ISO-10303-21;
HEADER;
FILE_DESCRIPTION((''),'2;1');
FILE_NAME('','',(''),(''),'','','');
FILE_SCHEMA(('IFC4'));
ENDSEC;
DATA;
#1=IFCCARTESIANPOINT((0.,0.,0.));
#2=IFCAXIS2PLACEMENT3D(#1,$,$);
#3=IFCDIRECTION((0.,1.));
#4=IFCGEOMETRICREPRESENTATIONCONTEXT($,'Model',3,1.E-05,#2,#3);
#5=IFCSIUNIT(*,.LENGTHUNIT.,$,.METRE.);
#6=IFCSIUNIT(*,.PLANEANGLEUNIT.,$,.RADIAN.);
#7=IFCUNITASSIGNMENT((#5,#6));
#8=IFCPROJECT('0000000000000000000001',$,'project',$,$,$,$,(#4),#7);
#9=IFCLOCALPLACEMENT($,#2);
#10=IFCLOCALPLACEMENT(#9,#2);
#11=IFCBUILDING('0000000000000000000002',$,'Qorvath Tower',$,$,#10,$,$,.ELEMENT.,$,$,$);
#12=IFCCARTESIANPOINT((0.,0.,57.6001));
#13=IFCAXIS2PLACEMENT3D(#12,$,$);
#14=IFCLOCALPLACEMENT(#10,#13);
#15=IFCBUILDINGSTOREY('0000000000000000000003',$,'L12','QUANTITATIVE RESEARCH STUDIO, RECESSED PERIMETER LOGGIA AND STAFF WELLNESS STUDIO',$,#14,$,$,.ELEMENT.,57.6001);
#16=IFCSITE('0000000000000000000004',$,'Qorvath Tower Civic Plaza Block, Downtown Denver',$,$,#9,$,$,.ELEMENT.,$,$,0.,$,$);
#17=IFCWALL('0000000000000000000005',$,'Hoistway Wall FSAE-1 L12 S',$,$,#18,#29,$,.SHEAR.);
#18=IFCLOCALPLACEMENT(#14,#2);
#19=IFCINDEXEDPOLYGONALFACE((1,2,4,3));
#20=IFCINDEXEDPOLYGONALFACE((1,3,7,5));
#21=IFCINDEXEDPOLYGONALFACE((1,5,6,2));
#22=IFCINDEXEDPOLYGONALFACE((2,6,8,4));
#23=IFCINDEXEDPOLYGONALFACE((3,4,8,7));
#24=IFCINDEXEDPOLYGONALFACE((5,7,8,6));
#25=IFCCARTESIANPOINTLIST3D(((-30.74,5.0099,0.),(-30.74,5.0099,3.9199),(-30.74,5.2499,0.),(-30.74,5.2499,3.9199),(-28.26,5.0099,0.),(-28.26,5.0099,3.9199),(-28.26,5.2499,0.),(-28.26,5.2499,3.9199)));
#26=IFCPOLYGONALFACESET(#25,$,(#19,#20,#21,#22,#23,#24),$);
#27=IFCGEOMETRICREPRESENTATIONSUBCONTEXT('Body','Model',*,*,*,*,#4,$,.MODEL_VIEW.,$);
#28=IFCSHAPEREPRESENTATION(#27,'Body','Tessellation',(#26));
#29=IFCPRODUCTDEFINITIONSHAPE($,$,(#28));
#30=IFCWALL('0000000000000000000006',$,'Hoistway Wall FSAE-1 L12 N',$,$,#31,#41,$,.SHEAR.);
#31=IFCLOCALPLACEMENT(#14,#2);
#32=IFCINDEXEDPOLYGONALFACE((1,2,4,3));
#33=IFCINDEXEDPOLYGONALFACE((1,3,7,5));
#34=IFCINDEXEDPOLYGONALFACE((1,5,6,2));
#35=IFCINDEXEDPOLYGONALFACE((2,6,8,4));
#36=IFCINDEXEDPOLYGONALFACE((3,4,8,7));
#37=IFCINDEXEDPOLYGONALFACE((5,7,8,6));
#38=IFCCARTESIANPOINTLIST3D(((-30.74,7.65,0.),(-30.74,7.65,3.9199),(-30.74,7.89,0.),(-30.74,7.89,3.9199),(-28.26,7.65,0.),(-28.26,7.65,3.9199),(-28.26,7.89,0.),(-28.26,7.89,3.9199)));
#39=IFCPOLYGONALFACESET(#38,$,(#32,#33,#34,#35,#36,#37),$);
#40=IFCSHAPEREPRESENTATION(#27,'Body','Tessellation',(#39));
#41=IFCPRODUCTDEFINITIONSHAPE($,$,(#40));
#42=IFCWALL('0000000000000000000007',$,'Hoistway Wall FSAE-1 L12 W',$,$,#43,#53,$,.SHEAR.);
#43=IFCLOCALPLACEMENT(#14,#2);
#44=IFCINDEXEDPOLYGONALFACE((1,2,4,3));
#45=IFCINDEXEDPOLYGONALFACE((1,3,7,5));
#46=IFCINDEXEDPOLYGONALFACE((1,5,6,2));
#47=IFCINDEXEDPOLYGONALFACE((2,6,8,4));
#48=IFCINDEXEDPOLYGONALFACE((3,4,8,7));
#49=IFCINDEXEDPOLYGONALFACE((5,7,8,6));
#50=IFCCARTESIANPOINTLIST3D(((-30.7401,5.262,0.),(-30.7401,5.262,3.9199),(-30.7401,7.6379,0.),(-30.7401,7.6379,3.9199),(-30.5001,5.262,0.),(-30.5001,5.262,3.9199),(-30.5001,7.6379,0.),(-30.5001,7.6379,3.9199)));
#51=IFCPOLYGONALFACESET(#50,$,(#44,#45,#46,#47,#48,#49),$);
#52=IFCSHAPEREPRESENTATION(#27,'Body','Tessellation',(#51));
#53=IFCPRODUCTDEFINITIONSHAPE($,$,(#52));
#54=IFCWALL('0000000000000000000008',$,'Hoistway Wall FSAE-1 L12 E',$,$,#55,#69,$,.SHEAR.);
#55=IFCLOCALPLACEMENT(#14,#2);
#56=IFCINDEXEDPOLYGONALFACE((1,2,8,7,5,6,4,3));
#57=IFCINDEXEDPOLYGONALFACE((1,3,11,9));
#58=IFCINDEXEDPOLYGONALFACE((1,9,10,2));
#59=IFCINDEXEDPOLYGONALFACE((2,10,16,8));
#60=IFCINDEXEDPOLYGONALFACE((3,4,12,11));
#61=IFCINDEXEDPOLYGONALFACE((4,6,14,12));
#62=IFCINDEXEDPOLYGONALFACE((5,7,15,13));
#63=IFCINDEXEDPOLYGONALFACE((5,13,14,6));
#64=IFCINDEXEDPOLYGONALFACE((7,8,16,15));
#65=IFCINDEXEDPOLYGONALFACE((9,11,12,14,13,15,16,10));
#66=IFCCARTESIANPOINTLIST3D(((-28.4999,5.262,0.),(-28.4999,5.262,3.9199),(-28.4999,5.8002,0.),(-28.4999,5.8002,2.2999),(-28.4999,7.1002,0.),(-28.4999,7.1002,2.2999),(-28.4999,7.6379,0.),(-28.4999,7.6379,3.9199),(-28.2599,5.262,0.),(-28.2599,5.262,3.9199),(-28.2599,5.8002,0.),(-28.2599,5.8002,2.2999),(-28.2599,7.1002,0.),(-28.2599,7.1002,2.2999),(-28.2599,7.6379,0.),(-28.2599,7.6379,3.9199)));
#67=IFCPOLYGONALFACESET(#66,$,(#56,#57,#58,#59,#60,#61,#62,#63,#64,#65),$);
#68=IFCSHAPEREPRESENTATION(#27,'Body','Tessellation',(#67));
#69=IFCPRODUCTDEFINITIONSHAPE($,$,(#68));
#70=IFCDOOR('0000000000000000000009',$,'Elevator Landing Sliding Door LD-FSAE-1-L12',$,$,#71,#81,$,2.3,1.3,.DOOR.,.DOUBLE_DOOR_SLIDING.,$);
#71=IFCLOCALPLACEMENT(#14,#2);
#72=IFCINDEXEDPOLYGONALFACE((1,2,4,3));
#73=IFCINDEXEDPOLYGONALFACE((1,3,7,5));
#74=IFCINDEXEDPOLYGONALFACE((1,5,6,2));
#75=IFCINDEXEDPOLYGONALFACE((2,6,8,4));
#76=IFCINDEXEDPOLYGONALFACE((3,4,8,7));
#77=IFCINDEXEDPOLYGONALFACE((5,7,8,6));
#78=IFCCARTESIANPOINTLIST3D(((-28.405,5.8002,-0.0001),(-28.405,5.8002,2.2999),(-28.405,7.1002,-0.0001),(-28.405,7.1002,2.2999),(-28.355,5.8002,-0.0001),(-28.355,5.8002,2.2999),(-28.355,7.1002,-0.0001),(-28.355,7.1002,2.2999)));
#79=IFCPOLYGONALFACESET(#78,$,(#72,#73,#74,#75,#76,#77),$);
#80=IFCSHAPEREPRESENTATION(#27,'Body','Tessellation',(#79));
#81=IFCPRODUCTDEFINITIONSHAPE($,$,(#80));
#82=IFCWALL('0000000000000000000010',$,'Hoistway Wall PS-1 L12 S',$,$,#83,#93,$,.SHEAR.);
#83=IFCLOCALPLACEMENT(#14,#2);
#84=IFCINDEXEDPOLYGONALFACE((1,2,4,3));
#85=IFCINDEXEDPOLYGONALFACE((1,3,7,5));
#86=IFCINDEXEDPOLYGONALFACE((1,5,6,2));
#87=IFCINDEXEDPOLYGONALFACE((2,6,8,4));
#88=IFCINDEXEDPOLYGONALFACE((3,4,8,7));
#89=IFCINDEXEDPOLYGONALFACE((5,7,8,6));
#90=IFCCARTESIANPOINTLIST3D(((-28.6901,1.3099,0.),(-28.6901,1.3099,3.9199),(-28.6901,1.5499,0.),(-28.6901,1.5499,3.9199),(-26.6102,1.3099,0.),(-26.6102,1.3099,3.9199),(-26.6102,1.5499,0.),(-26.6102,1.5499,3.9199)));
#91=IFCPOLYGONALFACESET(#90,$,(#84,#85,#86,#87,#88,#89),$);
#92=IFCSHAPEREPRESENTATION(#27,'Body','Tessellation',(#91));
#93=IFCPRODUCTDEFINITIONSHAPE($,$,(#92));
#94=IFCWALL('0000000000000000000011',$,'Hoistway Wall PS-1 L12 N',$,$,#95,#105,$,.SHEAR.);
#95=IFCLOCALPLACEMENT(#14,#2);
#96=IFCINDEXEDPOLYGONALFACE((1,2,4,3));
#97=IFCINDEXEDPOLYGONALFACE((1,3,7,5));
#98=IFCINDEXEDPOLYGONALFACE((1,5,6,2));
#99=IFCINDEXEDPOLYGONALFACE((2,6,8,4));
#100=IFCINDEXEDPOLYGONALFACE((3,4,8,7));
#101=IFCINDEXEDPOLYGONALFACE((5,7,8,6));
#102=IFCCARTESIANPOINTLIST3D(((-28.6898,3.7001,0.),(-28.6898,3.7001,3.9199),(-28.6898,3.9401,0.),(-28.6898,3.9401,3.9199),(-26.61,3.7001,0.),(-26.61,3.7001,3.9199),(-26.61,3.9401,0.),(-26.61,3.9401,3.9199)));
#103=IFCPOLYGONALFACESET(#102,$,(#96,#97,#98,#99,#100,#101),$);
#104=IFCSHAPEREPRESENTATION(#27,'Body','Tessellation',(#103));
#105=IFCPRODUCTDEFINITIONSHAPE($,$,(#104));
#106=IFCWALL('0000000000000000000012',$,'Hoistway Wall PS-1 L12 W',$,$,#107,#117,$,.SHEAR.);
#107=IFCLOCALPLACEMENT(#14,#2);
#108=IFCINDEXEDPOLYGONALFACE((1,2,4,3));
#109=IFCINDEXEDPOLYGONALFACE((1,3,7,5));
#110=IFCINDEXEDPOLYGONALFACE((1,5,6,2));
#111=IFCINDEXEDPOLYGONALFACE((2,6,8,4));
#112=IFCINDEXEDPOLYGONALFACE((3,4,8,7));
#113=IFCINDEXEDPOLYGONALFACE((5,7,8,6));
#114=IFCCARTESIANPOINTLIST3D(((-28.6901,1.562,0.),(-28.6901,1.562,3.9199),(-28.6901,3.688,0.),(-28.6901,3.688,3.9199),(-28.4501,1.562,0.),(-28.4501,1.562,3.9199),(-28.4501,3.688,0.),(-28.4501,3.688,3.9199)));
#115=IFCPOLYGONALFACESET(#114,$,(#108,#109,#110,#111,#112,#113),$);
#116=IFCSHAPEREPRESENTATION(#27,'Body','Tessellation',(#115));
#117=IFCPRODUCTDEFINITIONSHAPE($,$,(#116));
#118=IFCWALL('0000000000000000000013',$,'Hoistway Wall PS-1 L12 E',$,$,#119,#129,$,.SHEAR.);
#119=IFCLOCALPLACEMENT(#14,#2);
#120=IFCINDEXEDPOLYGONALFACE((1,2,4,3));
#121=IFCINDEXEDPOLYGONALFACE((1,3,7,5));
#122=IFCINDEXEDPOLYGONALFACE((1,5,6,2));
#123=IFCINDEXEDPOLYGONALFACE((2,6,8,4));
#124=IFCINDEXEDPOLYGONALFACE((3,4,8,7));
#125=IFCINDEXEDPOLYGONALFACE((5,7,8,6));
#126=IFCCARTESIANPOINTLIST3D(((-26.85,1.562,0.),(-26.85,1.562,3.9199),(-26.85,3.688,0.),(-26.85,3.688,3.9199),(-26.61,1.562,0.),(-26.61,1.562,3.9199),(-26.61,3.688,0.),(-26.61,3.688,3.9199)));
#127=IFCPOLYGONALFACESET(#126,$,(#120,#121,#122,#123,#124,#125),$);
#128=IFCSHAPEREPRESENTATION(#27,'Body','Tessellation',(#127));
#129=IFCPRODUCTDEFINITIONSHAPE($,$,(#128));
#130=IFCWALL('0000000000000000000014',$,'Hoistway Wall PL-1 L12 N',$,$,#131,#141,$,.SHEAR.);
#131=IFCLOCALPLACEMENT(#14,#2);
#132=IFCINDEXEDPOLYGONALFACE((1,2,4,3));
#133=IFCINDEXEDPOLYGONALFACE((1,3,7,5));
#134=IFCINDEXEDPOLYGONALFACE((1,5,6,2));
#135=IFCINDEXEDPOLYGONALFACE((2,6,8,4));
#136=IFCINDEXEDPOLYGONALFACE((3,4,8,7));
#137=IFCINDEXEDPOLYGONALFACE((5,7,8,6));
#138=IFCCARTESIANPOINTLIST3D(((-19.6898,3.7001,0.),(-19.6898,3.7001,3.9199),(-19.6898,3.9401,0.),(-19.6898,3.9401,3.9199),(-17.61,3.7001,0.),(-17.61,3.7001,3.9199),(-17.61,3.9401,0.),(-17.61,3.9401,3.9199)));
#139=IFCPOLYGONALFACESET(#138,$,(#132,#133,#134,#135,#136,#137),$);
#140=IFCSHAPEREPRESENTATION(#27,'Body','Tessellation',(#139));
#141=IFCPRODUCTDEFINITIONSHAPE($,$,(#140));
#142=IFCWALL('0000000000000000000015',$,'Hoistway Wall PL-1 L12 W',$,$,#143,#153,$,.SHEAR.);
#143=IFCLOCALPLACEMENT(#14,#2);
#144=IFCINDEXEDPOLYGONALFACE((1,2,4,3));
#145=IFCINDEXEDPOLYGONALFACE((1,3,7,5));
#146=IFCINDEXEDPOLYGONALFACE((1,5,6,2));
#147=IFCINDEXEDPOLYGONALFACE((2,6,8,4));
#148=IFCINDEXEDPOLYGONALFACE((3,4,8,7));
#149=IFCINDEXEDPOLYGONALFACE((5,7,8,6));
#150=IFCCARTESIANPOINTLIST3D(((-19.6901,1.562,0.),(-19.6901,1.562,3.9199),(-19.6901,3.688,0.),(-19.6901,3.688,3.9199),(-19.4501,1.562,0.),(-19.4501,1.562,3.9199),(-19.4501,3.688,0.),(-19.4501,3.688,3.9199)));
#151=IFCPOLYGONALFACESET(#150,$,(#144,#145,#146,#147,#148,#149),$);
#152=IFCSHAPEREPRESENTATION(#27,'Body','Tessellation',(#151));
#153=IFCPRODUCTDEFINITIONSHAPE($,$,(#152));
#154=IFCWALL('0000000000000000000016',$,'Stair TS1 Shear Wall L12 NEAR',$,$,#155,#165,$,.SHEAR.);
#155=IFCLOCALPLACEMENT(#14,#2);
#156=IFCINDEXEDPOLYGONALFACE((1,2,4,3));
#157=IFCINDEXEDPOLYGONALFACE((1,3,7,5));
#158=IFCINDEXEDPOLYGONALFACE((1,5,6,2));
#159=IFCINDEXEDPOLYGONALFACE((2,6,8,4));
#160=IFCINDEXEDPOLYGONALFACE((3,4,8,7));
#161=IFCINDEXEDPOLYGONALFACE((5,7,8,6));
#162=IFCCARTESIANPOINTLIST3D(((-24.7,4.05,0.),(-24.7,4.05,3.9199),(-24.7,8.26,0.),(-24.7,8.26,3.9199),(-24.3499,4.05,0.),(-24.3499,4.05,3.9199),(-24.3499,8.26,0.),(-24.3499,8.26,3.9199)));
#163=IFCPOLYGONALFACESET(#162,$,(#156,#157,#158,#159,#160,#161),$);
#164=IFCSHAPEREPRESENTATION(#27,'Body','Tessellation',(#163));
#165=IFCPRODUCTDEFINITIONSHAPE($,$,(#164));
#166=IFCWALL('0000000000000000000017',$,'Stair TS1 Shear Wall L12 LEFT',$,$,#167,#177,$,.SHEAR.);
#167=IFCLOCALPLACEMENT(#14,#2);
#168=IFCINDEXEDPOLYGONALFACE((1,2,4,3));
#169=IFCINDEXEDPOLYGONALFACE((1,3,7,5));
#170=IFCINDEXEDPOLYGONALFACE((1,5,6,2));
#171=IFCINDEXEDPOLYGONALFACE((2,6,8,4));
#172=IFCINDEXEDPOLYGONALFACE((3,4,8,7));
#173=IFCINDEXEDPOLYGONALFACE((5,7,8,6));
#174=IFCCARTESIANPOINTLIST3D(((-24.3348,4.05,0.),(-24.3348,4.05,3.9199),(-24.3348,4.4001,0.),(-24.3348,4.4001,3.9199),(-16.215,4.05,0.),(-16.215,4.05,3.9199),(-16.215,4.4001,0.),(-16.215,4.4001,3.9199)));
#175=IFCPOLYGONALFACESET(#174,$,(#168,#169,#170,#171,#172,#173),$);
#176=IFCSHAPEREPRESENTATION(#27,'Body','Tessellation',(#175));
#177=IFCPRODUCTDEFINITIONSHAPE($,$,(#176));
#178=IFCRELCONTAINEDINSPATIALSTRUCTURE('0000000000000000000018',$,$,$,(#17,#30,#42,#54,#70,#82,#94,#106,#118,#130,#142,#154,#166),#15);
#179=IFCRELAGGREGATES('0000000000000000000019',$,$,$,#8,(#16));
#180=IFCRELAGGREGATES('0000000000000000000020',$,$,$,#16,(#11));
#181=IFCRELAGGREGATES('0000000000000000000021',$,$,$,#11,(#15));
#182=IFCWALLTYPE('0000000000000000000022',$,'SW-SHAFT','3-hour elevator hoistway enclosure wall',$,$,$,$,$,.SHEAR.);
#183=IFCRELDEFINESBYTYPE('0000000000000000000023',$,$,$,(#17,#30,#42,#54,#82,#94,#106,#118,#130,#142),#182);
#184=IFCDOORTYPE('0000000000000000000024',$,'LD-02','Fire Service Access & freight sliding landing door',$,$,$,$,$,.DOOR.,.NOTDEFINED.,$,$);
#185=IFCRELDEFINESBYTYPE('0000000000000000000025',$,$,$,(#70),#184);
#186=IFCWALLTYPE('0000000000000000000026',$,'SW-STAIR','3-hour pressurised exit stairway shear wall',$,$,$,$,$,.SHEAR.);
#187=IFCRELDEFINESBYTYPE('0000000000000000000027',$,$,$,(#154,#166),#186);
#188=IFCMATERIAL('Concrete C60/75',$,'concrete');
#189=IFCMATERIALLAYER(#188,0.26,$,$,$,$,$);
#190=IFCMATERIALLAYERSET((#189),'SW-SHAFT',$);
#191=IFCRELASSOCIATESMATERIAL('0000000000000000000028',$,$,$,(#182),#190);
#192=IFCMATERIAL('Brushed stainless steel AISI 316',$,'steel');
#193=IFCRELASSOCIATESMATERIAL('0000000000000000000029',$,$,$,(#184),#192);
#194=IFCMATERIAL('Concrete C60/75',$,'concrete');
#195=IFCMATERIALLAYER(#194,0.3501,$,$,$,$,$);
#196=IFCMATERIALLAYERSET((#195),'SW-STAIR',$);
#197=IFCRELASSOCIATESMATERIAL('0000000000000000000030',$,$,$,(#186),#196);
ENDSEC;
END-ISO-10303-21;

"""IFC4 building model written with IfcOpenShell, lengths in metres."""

from ifc_helpers import new_model, si_unit, direction, frame, frame_2d, origin, place, context, subcontext, project, spatial, rectangle, extrude, material, layer, layer_set, type_object, element, fill, save


model = new_model("IFC4")

# Units and contexts
model_context = context("Model", 3, precision=1e-05, world=origin(), true_north=direction((0.0, 1.0)))
body_context = subcontext(model_context, "Body", "Model", "MODEL_VIEW")
ifc_project = project(units=[si_unit("LENGTHUNIT", "METRE"), si_unit("PLANEANGLEUNIT", "RADIAN")], contexts=[model_context])

# Site, building, storey
site_placement = place(None, origin())
site = spatial("IfcSite", under=ifc_project, at=site_placement, Name="Qorvath Tower Civic Plaza Block, Downtown Denver", CompositionType="ELEMENT", RefElevation=0.0)
building_placement = place(site_placement, origin())
building = spatial("IfcBuilding", under=site, at=building_placement, Name="Qorvath Tower", CompositionType="ELEMENT")
storey_placement = place(building_placement, frame((0.0, 0.0, 57.6001)))
storey = spatial("IfcBuildingStorey", under=building, at=storey_placement, Name="L12", Description="QUANTITATIVE RESEARCH STUDIO, RECESSED PERIMETER LOGGIA AND STAFF WELLNESS STUDIO", CompositionType="ELEMENT", Elevation=57.6001)

# Walls
ifc_material_1 = material(Name="Concrete C60/75", Category="concrete")
ifc_layer_1 = layer(ifc_material_1, 0.26)
ifc_layer_set_1 = layer_set([ifc_layer_1], Name="SW-SHAFT")
wall_type_1 = type_object("IfcWallType", Name="SW-SHAFT", Description="3-hour elevator hoistway enclosure wall", PredefinedType="SHEAR", material=ifc_layer_set_1)
for number, where, z_axis, x_axis, name in (
    (1, (-28.26, 5.1299, 0.0), (0.0, 0.0, 1.0), (-1.0, 0.0, 0.0), "Hoistway Wall FSAE-1 L12 S"),
    (2, (-30.74, 7.77, 0.0), (0.0, 0.0, 1.0), (1.0, 0.0, 0.0), "Hoistway Wall FSAE-1 L12 N"),
):
    element("IfcWall", number, at=place(storey_placement, frame(where, z_axis=z_axis, x_axis=x_axis)), inside=storey, type_object=wall_type_1, Name=name, PredefinedType="SHEAR", context=body_context, shape_type="SweptSolid", body=[
        extrude(rectangle(XDim=2.48, YDim=0.24, at=frame_2d((1.24, 0.0))), origin(), (0.0, 0.0, 1.0), 3.9199),
    ])
wall_1_placement = place(storey_placement, frame((-30.6201, 5.262, 0.0), z_axis=(0.0, 0.0, 1.0), x_axis=(0.0, 1.0, 0.0)))
element("IfcWall", 3, at=wall_1_placement, inside=storey, type_object=wall_type_1, Name="Hoistway Wall FSAE-1 L12 W", PredefinedType="SHEAR", context=body_context, shape_type="SweptSolid", body=[
    extrude(rectangle(XDim=2.376, YDim=0.24, at=frame_2d((1.188, 0.0))), origin(), (0.0, 0.0, 1.0), 3.9199),
])

# Wall, opening, door
wall_2_placement = place(storey_placement, frame((-28.3799, 7.6379, 0.0), z_axis=(0.0, 0.0, 1.0), x_axis=(0.0, -1.0, 0.0)))
wall_2 = element("IfcWall", 4, at=wall_2_placement, inside=storey, type_object=wall_type_1, Name="Hoistway Wall FSAE-1 L12 E", PredefinedType="SHEAR", context=body_context, shape_type="SweptSolid", body=[
    extrude(rectangle(XDim=2.376, YDim=0.24, at=frame_2d((1.188, 0.0))), origin(), (0.0, 0.0, 1.0), 3.9199),
])
opening_1_placement = place(wall_2_placement, frame((0.5378, 0.0, 0.0)))
opening_1 = element("IfcOpeningElement", 5, at=opening_1_placement, cuts=wall_2, PredefinedType="OPENING", context=body_context, shape_type="SweptSolid", body=[
    extrude(rectangle(XDim=1.3, YDim=2.3, at=frame_2d((0.6499, 1.1499))), frame((0.0, 0.1299, 0.0), z_axis=(0.0, -1.0, 0.0), x_axis=(1.0, 0.0, 0.0)), (0.0, 0.0, 1.0), 0.26),
])
ifc_material_2 = material(Name="Brushed stainless steel AISI 316", Category="steel")
door_type_1 = type_object("IfcDoorType", Name="LD-02", Description="Fire Service Access & freight sliding landing door", OperationType="NOTDEFINED", PredefinedType="DOOR", material=ifc_material_2)
door_1_placement = place(opening_1_placement, origin())
door_1 = element("IfcDoor", 6, at=door_1_placement, inside=storey, type_object=door_type_1, Name="Elevator Landing Sliding Door LD-FSAE-1-L12", OperationType="DOUBLE_DOOR_SLIDING", OverallHeight=2.3, OverallWidth=1.3, PredefinedType="DOOR", context=body_context, shape_type="SweptSolid", body=[
    extrude(rectangle(XDim=1.3, YDim=2.3, at=frame_2d((0.6499, 1.1499))), frame((0.0, 0.0249, 0.0), z_axis=(0.0, -1.0, 0.0), x_axis=(1.0, 0.0, 0.0)), (0.0, 0.0, 1.0), 0.05),
])
fill(opening_1, door_1)

# Walls
for number, where, z_axis, x_axis, name in (
    (7, (-26.6101, 1.4299, 0.0), (0.0, 0.0, 1.0), (-1.0, 0.0, 0.0), "Hoistway Wall PS-1 L12 S"),
    (8, (-28.6899, 3.8201, 0.0), (0.0, 0.0, 1.0), (1.0, 0.0, 0.0), "Hoistway Wall PS-1 L12 N"),
):
    element("IfcWall", number, at=place(storey_placement, frame(where, z_axis=z_axis, x_axis=x_axis)), inside=storey, type_object=wall_type_1, Name=name, PredefinedType="SHEAR", context=body_context, shape_type="SweptSolid", body=[
        extrude(rectangle(XDim=2.0798, YDim=0.24, at=frame_2d((1.04, 0.0))), origin(), (0.0, 0.0, 1.0), 3.9199),
    ])
for number, where, z_axis, x_axis, name in (
    (9, (-28.5701, 1.562, 0.0), (0.0, 0.0, 1.0), (0.0, 1.0, 0.0), "Hoistway Wall PS-1 L12 W"),
    (10, (-26.73, 3.688, 0.0), (0.0, 0.0, 1.0), (0.0, -1.0, 0.0), "Hoistway Wall PS-1 L12 E"),
):
    element("IfcWall", number, at=place(storey_placement, frame(where, z_axis=z_axis, x_axis=x_axis)), inside=storey, type_object=wall_type_1, Name=name, PredefinedType="SHEAR", context=body_context, shape_type="SweptSolid", body=[
        extrude(rectangle(XDim=2.126, YDim=0.24, at=frame_2d((1.063, 0.0))), origin(), (0.0, 0.0, 1.0), 3.9199),
    ])
wall_3_placement = place(storey_placement, frame((-19.6899, 3.8201, 0.0), z_axis=(0.0, 0.0, 1.0), x_axis=(1.0, 0.0, 0.0)))
element("IfcWall", 11, at=wall_3_placement, inside=storey, type_object=wall_type_1, Name="Hoistway Wall PL-1 L12 N", PredefinedType="SHEAR", context=body_context, shape_type="SweptSolid", body=[
    extrude(rectangle(XDim=2.0798, YDim=0.24, at=frame_2d((1.04, 0.0))), origin(), (0.0, 0.0, 1.0), 3.9199),
])
wall_4_placement = place(storey_placement, frame((-19.5701, 1.562, 0.0), z_axis=(0.0, 0.0, 1.0), x_axis=(0.0, 1.0, 0.0)))
element("IfcWall", 12, at=wall_4_placement, inside=storey, type_object=wall_type_1, Name="Hoistway Wall PL-1 L12 W", PredefinedType="SHEAR", context=body_context, shape_type="SweptSolid", body=[
    extrude(rectangle(XDim=2.126, YDim=0.24, at=frame_2d((1.063, 0.0))), origin(), (0.0, 0.0, 1.0), 3.9199),
])
ifc_material_3 = material(Name="Concrete C60/75", Category="concrete")
ifc_layer_2 = layer(ifc_material_3, 0.3501)
ifc_layer_set_2 = layer_set([ifc_layer_2], Name="SW-STAIR")
wall_type_2 = type_object("IfcWallType", Name="SW-STAIR", Description="3-hour pressurised exit stairway shear wall", PredefinedType="SHEAR", material=ifc_layer_set_2)
wall_5_placement = place(storey_placement, frame((-24.5249, 8.26, 0.0), z_axis=(0.0, 0.0, 1.0), x_axis=(0.0, -1.0, 0.0)))
element("IfcWall", 13, at=wall_5_placement, inside=storey, type_object=wall_type_2, Name="Stair TS1 Shear Wall L12 NEAR", PredefinedType="SHEAR", context=body_context, shape_type="SweptSolid", body=[
    extrude(rectangle(XDim=4.21, YDim=0.3501, at=frame_2d((2.105, 0.0))), origin(), (0.0, 0.0, 1.0), 3.9199),
])
wall_6_placement = place(storey_placement, frame((-24.335, 4.2251, 0.0), z_axis=(0.0, 0.0, 1.0), x_axis=(1.0, 0.0, 0.0)))
element("IfcWall", 14, at=wall_6_placement, inside=storey, type_object=wall_type_2, Name="Stair TS1 Shear Wall L12 LEFT", PredefinedType="SHEAR", context=body_context, shape_type="SweptSolid", body=[
    extrude(rectangle(XDim=8.1199, YDim=0.3501, at=frame_2d((4.0601, 0.0))), origin(), (0.0, 0.0, 1.0), 3.9199),
])

save(model, "model.ifc")
